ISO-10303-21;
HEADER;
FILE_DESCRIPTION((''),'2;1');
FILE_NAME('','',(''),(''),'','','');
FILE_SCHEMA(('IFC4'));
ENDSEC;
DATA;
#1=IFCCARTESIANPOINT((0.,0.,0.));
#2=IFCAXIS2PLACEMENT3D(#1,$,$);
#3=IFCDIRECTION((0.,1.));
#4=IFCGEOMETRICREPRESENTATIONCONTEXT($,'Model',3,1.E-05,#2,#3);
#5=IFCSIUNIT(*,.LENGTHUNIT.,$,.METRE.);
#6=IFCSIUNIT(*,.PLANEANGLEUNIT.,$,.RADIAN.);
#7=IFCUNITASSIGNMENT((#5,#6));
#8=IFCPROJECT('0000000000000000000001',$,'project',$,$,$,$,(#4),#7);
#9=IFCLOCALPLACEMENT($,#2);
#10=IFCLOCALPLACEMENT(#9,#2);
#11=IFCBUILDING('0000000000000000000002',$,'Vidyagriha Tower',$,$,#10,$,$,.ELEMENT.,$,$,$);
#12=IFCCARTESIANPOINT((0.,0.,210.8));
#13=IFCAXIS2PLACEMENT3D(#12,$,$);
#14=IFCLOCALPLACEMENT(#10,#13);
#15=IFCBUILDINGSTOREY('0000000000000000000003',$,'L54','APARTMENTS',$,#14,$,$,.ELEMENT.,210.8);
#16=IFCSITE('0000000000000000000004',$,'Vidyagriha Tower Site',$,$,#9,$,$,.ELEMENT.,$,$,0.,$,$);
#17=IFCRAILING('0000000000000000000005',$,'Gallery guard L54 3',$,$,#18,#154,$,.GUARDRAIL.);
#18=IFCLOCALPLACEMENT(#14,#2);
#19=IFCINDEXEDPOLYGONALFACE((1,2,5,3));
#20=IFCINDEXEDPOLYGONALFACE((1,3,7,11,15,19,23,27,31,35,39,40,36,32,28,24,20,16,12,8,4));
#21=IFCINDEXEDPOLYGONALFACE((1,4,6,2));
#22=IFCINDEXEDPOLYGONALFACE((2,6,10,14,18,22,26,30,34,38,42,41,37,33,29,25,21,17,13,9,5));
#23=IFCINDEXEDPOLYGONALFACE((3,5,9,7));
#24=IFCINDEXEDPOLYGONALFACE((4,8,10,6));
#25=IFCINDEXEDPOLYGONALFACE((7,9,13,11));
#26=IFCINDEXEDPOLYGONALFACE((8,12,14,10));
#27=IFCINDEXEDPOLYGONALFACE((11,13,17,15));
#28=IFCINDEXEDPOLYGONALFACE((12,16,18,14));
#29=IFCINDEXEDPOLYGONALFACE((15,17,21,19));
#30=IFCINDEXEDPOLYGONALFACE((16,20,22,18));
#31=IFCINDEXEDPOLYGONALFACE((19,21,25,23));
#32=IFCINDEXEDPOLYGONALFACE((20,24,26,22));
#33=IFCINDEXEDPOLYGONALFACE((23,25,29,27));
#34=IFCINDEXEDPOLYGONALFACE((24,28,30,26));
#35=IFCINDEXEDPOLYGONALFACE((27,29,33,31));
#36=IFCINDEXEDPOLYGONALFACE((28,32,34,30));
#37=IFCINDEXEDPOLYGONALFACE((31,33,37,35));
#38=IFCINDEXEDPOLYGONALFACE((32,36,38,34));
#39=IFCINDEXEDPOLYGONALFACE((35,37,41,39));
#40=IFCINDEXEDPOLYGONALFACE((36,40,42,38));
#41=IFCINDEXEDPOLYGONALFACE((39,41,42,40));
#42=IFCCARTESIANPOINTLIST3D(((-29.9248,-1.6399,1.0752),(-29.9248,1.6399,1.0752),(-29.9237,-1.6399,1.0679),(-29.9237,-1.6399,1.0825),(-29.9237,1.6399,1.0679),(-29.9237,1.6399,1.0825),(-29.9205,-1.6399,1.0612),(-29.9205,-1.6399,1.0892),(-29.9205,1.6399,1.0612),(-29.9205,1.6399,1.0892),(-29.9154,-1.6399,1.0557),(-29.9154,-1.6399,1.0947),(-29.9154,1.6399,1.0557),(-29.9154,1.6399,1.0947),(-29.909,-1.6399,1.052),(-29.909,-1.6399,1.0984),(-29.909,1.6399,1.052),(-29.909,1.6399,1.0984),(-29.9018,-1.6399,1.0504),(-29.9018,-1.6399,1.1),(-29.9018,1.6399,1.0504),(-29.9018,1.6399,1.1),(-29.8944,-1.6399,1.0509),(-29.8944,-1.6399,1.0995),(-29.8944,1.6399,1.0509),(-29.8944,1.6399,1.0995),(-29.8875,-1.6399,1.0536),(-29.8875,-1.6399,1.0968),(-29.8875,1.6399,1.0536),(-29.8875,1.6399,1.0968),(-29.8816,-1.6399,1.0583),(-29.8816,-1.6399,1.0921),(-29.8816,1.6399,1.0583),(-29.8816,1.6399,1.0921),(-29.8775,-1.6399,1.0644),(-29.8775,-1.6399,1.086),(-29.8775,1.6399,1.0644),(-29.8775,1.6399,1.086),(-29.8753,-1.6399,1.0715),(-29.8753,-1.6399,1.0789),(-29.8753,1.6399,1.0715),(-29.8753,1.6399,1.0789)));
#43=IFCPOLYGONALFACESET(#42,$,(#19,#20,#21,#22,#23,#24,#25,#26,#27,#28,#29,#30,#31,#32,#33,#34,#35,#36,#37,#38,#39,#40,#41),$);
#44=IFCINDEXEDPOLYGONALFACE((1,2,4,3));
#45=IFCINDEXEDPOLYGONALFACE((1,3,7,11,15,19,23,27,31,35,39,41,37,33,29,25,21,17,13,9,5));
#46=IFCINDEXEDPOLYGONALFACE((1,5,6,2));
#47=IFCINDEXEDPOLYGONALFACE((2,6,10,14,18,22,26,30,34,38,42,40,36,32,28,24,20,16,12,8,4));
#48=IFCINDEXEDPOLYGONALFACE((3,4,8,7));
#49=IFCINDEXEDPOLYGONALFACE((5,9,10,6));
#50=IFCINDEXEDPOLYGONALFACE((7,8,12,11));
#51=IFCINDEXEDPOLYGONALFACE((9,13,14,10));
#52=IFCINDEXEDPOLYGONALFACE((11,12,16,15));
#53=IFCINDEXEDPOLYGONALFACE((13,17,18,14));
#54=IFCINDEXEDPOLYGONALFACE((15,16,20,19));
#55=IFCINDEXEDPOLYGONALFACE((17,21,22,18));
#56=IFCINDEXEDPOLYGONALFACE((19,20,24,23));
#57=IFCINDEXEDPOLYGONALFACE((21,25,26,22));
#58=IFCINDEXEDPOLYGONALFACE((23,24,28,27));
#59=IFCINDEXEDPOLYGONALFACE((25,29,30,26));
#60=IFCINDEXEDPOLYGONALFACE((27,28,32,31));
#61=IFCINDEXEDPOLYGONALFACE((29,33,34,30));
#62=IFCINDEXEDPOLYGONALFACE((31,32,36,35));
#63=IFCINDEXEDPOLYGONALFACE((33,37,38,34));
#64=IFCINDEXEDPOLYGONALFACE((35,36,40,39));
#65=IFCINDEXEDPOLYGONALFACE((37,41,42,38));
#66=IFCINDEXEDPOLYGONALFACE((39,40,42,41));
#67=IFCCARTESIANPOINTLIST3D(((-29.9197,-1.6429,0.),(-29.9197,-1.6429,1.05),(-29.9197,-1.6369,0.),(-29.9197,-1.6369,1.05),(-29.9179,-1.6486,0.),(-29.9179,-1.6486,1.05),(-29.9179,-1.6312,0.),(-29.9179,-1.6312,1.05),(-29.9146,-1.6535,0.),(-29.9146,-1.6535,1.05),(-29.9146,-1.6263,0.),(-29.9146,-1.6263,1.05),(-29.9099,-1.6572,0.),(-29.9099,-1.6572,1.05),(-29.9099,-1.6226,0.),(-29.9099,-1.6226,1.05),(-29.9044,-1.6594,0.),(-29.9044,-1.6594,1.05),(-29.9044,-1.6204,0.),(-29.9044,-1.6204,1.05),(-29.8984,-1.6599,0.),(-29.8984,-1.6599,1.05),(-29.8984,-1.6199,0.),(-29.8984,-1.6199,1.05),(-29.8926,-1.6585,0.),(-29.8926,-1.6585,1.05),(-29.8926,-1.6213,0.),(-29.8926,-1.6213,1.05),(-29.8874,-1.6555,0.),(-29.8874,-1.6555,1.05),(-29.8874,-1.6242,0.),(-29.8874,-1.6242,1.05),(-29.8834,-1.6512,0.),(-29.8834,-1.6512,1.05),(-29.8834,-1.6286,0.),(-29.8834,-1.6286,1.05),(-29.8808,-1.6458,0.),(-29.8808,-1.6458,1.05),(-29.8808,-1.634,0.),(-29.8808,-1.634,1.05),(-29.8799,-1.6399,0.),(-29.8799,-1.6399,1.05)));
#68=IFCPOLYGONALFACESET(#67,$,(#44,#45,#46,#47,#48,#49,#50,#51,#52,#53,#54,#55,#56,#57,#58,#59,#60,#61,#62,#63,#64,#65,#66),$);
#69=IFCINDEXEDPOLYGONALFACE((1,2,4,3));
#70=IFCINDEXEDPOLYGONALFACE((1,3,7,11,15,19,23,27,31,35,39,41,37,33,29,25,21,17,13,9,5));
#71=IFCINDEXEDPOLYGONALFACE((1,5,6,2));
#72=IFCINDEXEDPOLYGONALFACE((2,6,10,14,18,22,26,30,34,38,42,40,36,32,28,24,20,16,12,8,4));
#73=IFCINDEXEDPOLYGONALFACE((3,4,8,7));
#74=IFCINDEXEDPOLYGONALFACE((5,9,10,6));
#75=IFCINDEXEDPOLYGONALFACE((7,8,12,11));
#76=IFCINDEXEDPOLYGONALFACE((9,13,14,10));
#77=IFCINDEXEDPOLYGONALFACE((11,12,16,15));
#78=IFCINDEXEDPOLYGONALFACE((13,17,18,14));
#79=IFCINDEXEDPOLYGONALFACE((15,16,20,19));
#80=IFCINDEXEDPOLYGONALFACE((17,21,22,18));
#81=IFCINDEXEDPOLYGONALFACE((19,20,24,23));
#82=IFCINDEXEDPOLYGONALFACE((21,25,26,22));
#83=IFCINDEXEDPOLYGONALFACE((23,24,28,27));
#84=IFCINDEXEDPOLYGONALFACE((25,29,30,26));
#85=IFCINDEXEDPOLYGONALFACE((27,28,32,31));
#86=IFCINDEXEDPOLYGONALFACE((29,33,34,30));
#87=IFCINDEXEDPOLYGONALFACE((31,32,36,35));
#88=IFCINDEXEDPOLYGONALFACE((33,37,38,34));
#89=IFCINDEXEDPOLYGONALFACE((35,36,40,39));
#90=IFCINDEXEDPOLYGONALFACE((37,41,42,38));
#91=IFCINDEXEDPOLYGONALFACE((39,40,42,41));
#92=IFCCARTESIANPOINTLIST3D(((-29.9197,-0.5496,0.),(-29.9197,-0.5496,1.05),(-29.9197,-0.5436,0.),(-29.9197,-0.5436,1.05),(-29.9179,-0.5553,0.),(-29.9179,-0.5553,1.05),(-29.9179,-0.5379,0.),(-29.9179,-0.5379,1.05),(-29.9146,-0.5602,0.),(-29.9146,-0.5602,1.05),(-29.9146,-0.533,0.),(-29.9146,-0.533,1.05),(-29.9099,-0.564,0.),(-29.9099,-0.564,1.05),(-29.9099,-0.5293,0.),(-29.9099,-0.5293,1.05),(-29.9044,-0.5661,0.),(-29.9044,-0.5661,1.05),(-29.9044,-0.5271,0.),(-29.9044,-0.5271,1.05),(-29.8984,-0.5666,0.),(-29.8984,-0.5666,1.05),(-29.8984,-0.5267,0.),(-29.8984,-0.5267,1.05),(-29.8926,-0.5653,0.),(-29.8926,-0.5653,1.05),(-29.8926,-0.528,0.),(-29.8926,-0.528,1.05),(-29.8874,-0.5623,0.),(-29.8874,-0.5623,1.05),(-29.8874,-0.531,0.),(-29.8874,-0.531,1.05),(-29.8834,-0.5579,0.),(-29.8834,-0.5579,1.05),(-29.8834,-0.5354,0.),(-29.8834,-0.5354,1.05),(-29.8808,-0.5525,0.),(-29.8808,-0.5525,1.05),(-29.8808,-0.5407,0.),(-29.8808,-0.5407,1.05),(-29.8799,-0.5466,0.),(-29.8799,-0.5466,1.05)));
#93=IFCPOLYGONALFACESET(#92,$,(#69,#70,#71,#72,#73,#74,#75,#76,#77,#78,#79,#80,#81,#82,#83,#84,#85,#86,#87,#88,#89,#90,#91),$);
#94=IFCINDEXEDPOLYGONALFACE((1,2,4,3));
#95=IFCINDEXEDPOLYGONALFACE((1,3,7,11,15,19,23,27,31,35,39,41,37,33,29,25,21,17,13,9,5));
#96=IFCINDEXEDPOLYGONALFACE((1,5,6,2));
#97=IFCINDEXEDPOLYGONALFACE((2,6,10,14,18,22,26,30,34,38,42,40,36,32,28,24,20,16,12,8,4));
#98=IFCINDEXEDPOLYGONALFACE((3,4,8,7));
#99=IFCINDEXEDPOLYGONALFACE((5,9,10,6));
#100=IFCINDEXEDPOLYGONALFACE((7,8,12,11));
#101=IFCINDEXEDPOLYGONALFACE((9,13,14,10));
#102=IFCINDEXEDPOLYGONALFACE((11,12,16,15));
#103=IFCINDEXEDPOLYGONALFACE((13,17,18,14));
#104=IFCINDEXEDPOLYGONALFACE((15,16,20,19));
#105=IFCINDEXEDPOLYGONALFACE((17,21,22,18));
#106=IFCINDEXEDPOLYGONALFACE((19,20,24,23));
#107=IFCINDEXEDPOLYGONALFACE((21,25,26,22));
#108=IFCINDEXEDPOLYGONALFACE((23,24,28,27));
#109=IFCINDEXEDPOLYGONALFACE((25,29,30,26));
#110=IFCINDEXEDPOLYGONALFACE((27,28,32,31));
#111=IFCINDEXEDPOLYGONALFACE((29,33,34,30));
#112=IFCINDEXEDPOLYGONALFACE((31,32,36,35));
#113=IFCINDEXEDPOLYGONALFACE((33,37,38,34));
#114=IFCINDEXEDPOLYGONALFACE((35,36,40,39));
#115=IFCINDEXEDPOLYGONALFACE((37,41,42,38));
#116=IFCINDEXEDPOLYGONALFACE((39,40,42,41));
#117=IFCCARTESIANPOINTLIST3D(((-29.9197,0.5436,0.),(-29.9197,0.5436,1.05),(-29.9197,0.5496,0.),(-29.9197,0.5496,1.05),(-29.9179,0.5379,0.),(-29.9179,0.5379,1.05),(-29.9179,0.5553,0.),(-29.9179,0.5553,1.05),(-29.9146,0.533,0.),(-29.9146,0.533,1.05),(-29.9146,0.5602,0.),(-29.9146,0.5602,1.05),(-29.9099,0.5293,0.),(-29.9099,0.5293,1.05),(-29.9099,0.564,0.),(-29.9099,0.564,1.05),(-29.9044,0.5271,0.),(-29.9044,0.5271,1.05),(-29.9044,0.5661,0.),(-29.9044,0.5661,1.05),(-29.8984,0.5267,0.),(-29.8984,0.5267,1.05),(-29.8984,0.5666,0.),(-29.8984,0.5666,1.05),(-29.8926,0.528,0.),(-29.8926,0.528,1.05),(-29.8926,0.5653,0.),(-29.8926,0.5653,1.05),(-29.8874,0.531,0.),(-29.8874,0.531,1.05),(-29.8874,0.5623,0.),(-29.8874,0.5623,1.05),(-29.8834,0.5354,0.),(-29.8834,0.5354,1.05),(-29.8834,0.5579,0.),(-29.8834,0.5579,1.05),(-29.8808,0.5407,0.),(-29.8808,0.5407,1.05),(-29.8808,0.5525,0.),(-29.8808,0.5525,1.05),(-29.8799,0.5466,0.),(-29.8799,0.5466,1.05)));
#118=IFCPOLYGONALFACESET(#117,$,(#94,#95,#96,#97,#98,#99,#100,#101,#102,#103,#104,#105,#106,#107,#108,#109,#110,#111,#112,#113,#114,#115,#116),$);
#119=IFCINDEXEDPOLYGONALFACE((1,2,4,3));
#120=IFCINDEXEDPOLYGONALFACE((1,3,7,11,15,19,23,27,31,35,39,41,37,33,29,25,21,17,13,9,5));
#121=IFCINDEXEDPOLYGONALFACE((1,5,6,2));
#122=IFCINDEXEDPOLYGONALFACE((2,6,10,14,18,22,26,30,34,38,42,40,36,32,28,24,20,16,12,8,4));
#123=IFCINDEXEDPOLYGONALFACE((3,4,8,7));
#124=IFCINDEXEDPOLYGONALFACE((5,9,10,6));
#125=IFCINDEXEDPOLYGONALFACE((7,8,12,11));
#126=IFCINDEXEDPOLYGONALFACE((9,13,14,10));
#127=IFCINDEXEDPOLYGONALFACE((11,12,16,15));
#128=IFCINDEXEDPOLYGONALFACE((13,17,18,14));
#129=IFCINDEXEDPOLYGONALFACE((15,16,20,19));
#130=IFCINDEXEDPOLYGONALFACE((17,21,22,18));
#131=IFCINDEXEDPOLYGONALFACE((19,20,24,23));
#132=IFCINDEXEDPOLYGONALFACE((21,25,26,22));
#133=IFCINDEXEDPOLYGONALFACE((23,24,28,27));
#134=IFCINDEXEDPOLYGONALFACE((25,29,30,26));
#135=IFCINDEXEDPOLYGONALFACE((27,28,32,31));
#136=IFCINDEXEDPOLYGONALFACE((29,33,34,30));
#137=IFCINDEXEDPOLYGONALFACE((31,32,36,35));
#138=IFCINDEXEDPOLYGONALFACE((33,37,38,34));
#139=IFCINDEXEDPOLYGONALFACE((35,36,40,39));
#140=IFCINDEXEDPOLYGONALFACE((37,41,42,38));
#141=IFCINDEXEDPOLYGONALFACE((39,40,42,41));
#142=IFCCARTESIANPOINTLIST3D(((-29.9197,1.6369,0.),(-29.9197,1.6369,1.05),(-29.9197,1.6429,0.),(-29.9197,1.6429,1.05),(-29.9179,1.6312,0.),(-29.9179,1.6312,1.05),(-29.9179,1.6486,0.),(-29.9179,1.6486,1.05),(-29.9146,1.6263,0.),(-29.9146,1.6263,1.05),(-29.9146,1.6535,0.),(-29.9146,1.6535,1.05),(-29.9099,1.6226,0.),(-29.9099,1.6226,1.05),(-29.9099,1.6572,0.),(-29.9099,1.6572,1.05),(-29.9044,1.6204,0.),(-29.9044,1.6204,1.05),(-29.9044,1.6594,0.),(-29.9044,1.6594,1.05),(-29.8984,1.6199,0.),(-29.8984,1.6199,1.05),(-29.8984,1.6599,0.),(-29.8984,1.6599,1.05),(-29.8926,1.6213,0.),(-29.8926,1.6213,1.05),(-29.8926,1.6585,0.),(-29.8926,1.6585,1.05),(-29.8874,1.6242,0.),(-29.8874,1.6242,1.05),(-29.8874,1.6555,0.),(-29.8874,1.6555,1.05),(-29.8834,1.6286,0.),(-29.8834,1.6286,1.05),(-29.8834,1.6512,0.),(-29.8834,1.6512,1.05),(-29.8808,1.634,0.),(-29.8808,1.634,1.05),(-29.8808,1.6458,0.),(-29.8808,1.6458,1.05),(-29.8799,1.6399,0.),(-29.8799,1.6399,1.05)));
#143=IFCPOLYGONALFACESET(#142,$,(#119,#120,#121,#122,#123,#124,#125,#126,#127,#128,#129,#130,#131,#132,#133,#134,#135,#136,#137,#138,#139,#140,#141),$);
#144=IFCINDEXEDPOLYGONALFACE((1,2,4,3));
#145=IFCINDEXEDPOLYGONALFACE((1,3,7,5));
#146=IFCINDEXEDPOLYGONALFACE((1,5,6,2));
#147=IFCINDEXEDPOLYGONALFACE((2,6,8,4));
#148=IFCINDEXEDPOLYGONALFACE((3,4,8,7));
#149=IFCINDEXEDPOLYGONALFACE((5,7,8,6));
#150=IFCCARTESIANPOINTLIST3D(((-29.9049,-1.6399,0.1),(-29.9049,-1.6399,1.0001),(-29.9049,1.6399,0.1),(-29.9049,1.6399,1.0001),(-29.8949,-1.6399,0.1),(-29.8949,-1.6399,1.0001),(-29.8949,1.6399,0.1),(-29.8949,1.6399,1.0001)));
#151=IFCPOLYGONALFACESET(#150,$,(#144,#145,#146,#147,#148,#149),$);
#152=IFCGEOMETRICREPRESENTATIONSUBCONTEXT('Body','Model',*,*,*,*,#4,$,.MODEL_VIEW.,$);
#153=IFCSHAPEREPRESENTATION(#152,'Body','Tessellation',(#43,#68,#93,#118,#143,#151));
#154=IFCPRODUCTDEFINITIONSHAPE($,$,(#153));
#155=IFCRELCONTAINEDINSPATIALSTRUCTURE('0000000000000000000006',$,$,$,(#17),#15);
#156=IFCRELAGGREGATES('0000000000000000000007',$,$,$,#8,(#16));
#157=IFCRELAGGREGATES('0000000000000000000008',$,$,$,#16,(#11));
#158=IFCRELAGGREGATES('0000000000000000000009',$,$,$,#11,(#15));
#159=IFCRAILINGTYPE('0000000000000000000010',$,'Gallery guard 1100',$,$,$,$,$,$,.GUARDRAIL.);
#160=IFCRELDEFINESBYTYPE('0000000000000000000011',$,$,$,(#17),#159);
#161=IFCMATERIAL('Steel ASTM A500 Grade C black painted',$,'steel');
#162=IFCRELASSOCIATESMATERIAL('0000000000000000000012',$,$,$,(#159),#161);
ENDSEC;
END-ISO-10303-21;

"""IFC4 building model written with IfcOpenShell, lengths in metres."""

from ifc_helpers import new_model, si_unit, direction, frame, origin, origin_2d, place, context, subcontext, project, spatial, rectangle, circle, extrude, material, type_object, element, save


model = new_model("IFC4")

# Units and contexts
model_context = context("Model", 3, precision=1e-05, world=origin(), true_north=direction((0.0, 1.0)))
body_context = subcontext(model_context, "Body", "Model", "MODEL_VIEW")
ifc_project = project(units=[si_unit("LENGTHUNIT", "METRE"), si_unit("PLANEANGLEUNIT", "RADIAN")], contexts=[model_context])

# Site, building, storey
site_placement = place(None, origin())
site = spatial("IfcSite", under=ifc_project, at=site_placement, Name="Vidyagriha Tower Site", CompositionType="ELEMENT", RefElevation=0.0)
building_placement = place(site_placement, origin())
building = spatial("IfcBuilding", under=site, at=building_placement, Name="Vidyagriha Tower", CompositionType="ELEMENT")
storey_placement = place(building_placement, frame((0.0, 0.0, 210.8)))
storey = spatial("IfcBuildingStorey", under=building, at=storey_placement, Name="L54", Description="APARTMENTS", CompositionType="ELEMENT", Elevation=210.8)

# Railing
ifc_material_1 = material(Name="Steel ASTM A500 Grade C black painted", Category="steel")
railing_type_1 = type_object("IfcRailingType", Name="Gallery guard 1100", PredefinedType="GUARDRAIL", material=ifc_material_1)
railing_1_placement = place(storey_placement, frame((-29.8999, -1.6399, 0.0)))
element("IfcRailing", 1, at=railing_1_placement, inside=storey, type_object=railing_type_1, Name="Gallery guard L54 3", PredefinedType="GUARDRAIL", context=body_context, shape_type="SweptSolid", body=[
    extrude(circle(Radius=0.0249, at=origin_2d()), frame((0.0, 0.0, 1.0752), z_axis=(0.0, 1.0, 0.0), x_axis=(-1.0, 0.0, 0.0)), (0.0, 0.0, 1.0), 3.2798),
    extrude(circle(Radius=0.02, at=origin_2d()), origin(), (0.0, 0.0, 1.0), 1.05),
    extrude(circle(Radius=0.02, at=origin_2d()), frame((0.0, 1.0933, 0.0)), (0.0, 0.0, 1.0), 1.05),
    extrude(circle(Radius=0.02, at=origin_2d()), frame((0.0, 2.1865, 0.0)), (0.0, 0.0, 1.0), 1.05),
    extrude(circle(Radius=0.02, at=origin_2d()), frame((0.0, 3.2798, 0.0)), (0.0, 0.0, 1.0), 1.05),
    extrude(rectangle(XDim=0.01, YDim=0.9001, at=origin_2d()), frame((0.0, 0.0, 0.55), z_axis=(0.0, 1.0, 0.0), x_axis=(-1.0, 0.0, 0.0)), (0.0, 0.0, 1.0), 3.2798),
])

save(model, "model.ifc")
